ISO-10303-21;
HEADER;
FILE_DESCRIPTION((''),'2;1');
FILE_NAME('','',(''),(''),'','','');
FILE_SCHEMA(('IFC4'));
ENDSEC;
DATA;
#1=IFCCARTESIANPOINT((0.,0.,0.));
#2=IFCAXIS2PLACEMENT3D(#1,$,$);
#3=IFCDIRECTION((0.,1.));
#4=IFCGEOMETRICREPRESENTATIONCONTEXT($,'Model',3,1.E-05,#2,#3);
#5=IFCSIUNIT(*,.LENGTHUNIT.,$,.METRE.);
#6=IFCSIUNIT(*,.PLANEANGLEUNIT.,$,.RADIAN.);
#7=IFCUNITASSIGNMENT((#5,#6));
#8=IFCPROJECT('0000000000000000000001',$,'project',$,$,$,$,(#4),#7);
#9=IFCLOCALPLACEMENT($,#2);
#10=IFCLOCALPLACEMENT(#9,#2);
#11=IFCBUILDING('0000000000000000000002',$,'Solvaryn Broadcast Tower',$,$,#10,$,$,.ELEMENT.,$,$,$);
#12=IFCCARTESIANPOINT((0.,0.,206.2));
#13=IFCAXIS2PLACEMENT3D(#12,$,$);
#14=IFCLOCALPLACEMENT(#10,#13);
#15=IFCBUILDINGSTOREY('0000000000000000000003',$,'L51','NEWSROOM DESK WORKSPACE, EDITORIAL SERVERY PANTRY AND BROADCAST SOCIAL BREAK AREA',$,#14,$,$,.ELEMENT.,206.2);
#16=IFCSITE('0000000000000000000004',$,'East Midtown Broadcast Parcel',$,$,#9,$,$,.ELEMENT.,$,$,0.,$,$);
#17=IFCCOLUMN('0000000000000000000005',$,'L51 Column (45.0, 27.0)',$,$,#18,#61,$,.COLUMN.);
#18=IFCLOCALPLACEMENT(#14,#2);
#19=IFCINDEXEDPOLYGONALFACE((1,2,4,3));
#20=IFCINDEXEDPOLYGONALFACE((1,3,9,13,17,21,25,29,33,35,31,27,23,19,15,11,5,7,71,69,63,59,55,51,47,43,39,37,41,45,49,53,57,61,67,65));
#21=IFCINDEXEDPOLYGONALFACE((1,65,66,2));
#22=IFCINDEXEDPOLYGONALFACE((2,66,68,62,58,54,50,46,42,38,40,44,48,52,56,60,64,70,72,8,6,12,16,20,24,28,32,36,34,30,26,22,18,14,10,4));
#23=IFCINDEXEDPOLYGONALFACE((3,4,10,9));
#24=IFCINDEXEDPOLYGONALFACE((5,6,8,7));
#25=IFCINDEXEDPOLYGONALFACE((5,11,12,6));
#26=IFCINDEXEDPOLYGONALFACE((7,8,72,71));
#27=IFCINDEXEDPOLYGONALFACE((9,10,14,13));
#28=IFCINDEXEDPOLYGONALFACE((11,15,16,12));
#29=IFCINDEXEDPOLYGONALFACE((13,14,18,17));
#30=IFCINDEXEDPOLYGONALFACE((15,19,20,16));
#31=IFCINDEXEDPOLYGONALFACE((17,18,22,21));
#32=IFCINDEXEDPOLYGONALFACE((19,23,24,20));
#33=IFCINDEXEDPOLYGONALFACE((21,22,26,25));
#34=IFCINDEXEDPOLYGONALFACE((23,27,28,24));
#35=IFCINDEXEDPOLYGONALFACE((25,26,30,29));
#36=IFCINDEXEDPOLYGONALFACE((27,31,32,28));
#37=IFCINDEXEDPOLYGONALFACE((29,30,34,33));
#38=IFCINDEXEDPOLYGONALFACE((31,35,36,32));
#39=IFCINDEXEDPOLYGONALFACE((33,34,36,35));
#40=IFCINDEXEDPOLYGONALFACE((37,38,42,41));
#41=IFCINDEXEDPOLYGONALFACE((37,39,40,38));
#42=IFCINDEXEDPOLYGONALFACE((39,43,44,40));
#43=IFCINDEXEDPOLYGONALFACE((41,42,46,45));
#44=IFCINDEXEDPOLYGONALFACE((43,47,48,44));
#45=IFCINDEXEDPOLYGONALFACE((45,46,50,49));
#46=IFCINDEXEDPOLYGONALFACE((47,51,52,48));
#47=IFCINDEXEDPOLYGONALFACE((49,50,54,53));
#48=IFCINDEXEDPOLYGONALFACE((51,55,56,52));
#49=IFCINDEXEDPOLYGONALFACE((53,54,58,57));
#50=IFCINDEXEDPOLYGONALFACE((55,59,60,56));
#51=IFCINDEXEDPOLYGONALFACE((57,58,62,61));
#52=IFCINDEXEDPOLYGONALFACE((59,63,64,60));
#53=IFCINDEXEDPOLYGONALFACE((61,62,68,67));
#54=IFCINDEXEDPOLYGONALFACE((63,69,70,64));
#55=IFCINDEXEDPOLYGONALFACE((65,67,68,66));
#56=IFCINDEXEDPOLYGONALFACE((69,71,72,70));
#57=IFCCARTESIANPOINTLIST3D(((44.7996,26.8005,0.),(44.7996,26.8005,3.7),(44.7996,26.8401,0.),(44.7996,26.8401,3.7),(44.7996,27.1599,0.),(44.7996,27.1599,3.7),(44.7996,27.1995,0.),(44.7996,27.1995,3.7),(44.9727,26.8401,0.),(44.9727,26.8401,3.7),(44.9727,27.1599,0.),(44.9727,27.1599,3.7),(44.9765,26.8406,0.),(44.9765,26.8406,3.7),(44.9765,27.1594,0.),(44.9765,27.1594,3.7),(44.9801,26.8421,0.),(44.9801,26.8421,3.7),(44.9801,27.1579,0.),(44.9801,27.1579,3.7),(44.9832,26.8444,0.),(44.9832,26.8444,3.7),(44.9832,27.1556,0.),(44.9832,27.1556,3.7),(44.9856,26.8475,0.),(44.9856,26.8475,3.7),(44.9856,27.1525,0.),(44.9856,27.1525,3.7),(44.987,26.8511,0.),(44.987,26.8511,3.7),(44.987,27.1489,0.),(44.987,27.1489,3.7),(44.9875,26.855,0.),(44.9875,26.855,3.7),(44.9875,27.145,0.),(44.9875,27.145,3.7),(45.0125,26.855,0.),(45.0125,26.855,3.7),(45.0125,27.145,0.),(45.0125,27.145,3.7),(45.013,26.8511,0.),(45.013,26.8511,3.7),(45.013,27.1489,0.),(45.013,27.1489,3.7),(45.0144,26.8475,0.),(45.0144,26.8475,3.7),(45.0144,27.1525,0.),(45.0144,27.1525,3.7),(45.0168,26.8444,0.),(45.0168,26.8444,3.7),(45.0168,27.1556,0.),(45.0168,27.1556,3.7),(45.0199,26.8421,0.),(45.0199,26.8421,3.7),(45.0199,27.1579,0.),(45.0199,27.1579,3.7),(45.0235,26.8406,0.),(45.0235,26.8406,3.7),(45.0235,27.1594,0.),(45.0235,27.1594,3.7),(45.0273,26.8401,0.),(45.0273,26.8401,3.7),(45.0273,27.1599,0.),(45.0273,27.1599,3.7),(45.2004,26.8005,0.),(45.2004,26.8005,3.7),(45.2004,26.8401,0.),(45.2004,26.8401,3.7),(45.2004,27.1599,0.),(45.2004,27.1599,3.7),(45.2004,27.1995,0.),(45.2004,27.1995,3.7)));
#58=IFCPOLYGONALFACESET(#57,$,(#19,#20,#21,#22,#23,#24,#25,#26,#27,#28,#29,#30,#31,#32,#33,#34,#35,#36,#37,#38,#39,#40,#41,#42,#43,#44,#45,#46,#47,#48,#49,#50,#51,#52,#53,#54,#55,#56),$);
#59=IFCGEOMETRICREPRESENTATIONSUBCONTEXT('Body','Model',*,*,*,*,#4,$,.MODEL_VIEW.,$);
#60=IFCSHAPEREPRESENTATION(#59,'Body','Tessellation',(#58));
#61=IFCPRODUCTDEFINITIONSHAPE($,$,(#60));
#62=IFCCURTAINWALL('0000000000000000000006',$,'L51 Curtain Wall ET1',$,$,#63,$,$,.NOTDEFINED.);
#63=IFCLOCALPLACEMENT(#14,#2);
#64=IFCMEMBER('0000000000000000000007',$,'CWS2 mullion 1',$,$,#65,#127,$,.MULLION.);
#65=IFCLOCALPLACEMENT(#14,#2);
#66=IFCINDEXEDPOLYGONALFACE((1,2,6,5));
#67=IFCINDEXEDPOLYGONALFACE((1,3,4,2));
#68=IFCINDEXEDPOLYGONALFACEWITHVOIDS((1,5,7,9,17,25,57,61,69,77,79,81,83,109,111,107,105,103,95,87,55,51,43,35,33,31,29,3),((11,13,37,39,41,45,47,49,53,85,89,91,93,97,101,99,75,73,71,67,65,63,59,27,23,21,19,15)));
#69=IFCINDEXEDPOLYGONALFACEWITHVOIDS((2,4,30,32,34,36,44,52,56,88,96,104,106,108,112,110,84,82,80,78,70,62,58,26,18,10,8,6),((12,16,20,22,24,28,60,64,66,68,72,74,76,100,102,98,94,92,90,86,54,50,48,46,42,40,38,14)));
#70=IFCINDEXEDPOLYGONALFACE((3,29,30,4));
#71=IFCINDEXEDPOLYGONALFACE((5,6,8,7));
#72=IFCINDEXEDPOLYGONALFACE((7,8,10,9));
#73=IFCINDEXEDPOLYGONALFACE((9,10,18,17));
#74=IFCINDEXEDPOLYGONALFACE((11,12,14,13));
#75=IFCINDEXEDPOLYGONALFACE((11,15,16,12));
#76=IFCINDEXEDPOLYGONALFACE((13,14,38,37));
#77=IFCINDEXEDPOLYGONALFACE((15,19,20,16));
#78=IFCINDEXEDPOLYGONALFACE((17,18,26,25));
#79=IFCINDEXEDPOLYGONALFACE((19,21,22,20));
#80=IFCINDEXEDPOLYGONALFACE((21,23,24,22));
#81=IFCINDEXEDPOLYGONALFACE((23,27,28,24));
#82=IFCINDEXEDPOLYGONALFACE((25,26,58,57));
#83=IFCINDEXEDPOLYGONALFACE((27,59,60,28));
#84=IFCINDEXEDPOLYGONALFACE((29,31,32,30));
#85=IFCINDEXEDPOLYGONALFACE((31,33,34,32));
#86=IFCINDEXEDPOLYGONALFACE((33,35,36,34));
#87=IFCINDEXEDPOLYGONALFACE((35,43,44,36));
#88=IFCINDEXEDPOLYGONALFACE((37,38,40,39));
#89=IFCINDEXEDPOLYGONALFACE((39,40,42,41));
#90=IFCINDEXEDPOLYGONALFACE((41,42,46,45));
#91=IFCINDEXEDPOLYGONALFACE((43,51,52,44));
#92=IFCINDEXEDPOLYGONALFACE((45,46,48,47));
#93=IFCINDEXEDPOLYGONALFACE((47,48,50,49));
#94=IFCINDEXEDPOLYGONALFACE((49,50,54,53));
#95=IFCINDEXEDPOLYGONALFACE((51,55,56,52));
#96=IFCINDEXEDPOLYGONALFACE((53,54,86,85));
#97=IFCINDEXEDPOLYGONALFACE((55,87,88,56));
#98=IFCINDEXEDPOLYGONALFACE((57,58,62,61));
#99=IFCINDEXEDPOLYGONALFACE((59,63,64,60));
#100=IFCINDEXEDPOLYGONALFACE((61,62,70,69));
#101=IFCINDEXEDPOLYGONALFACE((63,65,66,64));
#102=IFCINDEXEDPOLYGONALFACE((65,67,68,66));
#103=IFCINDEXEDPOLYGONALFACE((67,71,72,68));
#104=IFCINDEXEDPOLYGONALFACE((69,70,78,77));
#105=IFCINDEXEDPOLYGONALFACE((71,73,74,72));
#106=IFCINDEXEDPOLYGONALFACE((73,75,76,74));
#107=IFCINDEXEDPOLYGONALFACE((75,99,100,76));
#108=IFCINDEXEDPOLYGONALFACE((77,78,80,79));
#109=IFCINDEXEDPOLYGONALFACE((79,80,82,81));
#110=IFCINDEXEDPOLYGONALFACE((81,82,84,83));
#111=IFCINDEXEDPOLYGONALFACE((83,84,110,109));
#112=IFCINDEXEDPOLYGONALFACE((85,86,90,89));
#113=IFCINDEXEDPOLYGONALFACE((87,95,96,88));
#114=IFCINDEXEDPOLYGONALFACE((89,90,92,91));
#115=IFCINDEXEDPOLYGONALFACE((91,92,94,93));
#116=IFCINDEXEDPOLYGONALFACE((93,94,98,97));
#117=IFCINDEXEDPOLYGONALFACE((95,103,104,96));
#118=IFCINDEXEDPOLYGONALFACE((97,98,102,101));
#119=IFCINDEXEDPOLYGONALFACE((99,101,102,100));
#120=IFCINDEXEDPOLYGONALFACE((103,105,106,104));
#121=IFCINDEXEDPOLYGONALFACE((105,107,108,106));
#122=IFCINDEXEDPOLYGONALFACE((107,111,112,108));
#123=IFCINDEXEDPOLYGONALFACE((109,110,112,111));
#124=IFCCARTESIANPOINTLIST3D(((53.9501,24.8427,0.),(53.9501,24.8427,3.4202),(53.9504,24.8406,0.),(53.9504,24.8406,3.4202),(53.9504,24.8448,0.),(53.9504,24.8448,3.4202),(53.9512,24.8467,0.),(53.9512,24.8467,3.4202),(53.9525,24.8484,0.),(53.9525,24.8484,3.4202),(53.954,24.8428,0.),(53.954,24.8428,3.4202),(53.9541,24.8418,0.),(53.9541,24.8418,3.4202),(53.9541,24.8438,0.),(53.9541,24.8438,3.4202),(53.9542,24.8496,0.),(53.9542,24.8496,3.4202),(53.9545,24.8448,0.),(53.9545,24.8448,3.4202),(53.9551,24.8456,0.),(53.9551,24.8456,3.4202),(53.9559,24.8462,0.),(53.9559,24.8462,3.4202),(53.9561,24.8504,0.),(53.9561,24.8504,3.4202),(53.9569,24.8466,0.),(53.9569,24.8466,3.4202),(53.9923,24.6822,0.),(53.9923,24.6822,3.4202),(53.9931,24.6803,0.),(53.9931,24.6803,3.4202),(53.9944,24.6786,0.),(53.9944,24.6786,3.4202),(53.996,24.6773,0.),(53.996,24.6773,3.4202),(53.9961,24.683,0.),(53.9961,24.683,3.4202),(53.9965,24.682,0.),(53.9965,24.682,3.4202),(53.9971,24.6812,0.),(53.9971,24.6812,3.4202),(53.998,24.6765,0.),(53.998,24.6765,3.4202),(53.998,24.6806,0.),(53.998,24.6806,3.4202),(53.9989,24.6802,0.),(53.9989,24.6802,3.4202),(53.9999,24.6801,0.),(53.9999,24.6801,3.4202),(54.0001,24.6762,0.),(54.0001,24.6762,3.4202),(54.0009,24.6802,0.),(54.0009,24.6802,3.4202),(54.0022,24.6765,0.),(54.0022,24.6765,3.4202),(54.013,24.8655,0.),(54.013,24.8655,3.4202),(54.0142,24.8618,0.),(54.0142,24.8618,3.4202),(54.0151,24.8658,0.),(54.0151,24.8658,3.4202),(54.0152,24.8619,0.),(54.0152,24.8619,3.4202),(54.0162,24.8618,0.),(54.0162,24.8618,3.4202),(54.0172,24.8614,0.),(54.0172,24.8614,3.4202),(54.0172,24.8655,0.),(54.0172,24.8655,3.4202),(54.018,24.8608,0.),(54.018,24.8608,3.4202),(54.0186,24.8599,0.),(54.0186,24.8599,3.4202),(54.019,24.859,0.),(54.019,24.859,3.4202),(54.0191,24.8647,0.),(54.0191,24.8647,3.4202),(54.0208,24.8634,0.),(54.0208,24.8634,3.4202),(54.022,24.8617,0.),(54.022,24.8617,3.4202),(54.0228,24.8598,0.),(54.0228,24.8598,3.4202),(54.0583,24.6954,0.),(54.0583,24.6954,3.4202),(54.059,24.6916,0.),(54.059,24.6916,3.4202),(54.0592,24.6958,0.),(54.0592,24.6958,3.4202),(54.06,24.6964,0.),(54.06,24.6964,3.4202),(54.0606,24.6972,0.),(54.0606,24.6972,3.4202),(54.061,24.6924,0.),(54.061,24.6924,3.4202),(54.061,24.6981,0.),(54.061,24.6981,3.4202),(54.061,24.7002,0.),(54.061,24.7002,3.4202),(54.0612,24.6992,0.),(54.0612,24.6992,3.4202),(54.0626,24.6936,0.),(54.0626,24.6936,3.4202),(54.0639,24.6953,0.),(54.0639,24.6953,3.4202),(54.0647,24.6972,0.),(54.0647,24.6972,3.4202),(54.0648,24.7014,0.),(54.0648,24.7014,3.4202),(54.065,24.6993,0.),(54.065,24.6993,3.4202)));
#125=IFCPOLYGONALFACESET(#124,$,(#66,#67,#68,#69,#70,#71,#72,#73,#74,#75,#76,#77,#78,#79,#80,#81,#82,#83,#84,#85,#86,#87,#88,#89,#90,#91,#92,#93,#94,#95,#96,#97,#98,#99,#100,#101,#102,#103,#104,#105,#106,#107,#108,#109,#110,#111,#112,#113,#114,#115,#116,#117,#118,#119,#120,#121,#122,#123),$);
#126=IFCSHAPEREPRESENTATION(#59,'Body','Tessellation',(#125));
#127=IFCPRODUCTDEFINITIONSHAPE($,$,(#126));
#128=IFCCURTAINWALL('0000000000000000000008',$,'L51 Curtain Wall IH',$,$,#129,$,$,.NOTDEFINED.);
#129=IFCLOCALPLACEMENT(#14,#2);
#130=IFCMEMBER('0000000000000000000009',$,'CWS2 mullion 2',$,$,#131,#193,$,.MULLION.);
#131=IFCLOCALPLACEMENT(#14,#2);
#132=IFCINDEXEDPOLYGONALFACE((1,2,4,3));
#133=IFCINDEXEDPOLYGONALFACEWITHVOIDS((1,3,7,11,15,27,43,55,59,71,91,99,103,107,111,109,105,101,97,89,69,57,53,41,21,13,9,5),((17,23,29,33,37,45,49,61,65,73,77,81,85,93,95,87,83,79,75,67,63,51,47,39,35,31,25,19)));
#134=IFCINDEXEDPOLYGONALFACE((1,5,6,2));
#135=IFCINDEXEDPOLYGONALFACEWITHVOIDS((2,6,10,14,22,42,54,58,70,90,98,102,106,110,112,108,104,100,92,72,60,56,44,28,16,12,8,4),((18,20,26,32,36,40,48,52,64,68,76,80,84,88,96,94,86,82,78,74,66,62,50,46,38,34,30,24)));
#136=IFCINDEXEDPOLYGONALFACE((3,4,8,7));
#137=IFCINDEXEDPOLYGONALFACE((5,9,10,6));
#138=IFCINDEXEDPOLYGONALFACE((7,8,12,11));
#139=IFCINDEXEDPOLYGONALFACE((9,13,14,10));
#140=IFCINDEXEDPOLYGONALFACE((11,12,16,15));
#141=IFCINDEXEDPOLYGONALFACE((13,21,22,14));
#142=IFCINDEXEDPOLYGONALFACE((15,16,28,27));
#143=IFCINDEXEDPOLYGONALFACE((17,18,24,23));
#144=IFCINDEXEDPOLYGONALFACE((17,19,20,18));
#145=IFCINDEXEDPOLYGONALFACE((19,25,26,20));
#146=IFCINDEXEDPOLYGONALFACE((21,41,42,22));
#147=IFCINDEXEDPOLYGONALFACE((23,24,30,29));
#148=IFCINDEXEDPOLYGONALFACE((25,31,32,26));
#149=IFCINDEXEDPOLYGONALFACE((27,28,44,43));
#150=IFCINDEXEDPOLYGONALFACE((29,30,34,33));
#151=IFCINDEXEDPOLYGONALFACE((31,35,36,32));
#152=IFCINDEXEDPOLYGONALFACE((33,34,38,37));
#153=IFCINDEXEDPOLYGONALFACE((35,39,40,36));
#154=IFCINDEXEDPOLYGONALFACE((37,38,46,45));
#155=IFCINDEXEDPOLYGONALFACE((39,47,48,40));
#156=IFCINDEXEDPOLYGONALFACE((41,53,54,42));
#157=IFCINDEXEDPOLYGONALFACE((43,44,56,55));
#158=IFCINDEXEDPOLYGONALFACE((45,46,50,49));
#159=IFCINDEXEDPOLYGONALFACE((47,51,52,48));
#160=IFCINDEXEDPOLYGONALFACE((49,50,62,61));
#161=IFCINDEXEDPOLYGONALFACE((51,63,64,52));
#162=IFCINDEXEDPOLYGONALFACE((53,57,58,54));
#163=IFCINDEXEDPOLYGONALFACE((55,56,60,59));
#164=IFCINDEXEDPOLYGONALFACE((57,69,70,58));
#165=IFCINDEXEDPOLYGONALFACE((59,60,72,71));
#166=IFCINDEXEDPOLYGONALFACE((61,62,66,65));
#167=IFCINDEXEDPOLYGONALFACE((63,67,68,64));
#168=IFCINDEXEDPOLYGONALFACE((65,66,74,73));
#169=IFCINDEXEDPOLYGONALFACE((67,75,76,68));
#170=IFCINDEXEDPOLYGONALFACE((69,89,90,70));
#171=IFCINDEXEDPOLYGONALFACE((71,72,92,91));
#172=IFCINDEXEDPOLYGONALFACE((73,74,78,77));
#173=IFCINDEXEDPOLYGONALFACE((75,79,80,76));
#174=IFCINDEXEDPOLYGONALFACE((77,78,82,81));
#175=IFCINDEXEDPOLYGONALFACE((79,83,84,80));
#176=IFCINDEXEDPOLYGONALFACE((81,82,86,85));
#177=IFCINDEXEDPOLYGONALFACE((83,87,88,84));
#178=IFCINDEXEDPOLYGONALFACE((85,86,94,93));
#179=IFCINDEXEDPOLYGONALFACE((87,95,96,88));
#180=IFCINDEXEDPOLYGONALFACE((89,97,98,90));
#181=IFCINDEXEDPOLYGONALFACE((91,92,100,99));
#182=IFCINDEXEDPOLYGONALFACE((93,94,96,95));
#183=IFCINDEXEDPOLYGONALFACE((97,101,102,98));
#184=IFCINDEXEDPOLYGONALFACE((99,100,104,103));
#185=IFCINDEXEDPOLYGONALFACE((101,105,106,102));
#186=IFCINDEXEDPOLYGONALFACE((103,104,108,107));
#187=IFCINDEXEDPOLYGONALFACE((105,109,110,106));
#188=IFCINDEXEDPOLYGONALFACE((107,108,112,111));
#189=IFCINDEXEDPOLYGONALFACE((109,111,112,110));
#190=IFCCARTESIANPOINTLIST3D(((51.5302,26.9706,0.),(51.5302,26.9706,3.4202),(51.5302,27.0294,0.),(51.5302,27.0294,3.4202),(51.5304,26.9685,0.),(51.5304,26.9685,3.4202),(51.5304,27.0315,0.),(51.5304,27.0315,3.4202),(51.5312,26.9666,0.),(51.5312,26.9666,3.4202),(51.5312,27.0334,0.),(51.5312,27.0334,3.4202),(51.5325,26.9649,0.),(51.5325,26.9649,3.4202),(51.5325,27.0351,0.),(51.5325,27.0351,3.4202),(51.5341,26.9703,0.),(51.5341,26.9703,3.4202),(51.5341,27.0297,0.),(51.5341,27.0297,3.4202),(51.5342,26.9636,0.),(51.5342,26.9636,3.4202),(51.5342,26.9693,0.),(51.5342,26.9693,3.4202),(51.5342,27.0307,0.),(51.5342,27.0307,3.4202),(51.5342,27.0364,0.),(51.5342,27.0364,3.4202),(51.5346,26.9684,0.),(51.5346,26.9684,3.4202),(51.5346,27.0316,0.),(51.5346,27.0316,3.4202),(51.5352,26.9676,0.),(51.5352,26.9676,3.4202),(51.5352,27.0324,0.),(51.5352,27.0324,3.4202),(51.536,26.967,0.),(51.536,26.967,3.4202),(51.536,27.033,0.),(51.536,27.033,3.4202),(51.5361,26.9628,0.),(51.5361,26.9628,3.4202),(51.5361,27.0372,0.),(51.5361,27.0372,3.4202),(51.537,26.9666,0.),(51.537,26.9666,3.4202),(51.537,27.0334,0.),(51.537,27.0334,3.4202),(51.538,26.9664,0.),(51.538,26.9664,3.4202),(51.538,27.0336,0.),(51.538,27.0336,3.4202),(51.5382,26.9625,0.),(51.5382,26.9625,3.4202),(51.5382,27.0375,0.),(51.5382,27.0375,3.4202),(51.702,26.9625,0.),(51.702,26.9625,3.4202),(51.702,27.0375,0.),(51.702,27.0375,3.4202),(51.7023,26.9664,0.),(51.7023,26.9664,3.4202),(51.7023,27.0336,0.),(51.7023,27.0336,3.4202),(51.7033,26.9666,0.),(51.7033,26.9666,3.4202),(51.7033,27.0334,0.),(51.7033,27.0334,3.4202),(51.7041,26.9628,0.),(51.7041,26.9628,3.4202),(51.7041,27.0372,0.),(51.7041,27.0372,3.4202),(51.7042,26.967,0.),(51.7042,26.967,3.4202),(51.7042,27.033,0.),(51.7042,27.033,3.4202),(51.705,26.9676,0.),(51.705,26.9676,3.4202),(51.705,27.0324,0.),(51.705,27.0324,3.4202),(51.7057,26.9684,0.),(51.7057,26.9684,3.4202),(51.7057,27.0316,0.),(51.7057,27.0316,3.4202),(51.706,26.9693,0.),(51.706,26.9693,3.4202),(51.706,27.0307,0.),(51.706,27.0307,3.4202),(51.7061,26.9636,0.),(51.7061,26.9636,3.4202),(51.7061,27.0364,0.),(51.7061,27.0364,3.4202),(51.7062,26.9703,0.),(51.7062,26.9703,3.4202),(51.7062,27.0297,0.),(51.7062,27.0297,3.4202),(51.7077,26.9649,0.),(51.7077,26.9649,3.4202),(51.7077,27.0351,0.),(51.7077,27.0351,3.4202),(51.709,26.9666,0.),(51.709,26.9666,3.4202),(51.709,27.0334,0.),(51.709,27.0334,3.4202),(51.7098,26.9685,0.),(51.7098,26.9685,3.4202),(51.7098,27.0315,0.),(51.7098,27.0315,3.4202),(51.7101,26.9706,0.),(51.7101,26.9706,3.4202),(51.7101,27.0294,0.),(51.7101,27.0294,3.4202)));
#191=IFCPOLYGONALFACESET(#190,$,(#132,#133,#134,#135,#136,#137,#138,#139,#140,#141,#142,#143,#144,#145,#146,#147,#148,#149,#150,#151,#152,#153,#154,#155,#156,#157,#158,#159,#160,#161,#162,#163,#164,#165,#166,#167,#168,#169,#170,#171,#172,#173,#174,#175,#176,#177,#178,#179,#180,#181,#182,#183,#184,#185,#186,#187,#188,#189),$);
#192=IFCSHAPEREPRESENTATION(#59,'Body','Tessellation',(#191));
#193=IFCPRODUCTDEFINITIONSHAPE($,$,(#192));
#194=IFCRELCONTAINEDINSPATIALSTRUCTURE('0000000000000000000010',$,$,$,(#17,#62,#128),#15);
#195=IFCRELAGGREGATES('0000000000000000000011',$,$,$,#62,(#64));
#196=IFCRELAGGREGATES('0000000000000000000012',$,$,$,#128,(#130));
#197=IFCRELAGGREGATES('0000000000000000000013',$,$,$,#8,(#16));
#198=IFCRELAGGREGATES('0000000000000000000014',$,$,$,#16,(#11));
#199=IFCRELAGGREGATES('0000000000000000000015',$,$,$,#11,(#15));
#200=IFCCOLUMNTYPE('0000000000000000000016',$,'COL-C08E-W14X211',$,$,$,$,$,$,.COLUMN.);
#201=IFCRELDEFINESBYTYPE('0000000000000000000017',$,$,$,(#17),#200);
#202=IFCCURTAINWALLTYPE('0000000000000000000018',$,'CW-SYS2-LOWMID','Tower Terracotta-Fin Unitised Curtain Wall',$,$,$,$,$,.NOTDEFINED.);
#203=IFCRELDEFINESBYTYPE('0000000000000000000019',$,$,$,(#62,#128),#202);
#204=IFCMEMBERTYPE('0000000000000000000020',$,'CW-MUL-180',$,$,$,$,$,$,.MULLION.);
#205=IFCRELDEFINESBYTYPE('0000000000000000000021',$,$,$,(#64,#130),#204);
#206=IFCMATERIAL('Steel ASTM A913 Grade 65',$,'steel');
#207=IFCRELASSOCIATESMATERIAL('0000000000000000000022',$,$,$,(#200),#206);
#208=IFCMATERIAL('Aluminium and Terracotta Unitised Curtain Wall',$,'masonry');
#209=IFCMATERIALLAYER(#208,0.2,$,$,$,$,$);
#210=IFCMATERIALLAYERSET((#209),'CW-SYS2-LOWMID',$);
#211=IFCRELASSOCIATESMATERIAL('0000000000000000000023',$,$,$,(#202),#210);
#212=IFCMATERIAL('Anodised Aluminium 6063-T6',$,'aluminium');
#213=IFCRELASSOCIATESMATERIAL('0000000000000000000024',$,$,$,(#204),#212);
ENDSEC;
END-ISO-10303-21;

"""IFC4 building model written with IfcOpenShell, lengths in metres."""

from ifc_helpers import new_model, si_unit, direction, frame, origin, origin_2d, place, context, subcontext, project, spatial, hollow_rectangle, i_section, extrude, material, layer, layer_set, material_profile, profile_set, type_object, element, aggregate, save


model = new_model("IFC4")

# Units and contexts
model_context = context("Model", 3, precision=1e-05, world=origin(), true_north=direction((0.0, 1.0)))
body_context = subcontext(model_context, "Body", "Model", "MODEL_VIEW")
ifc_project = project(units=[si_unit("LENGTHUNIT", "METRE"), si_unit("PLANEANGLEUNIT", "RADIAN")], contexts=[model_context])

# Site, building, storey
site_placement = place(None, origin())
site = spatial("IfcSite", under=ifc_project, at=site_placement, Name="East Midtown Broadcast Parcel", CompositionType="ELEMENT", RefElevation=0.0)
building_placement = place(site_placement, origin())
building = spatial("IfcBuilding", under=site, at=building_placement, Name="Solvaryn Broadcast Tower", CompositionType="ELEMENT")
storey_placement = place(building_placement, frame((0.0, 0.0, 206.2)))
storey = spatial("IfcBuildingStorey", under=building, at=storey_placement, Name="L51", Description="NEWSROOM DESK WORKSPACE, EDITORIAL SERVERY PANTRY AND BROADCAST SOCIAL BREAK AREA", CompositionType="ELEMENT", Elevation=206.2)

# Column
ifc_material_1 = material(Name="Steel ASTM A913 Grade 65", Category="steel")
ifc_material_profile_1 = material_profile(ifc_material_1, i_section(OverallWidth=0.4009, OverallDepth=0.3989, WebThickness=0.0249, FlangeThickness=0.0396, FilletRadius=0.0149, at=origin_2d()))
ifc_profile_set_1 = profile_set([ifc_material_profile_1], Name="Steel ASTM A913 Grade 65")
column_type = type_object("IfcColumnType", Name="COL-C08E-W14X211", PredefinedType="COLUMN", material=ifc_profile_set_1)
column_placement = place(storey_placement, frame((45.0, 27.0, 0.0), z_axis=(0.0, 0.0, 1.0), x_axis=(1.0, 0.0, 0.0)))
element("IfcColumn", 1, at=column_placement, inside=storey, type_object=column_type, Name="L51 Column (45.0, 27.0)", PredefinedType="COLUMN", context=body_context, shape_type="SweptSolid", body=[
    extrude(i_section(OverallWidth=0.4009, OverallDepth=0.3989, WebThickness=0.0249, FlangeThickness=0.0396, FilletRadius=0.0149, at=origin_2d()), origin(), (0.0, 0.0, 1.0), 3.7),
])

# Curtain walls, members
ifc_material_2 = material(Name="Aluminium and Terracotta Unitised Curtain Wall", Category="masonry")
ifc_layer_1 = layer(ifc_material_2, 0.2)
ifc_layer_set_1 = layer_set([ifc_layer_1], Name="CW-SYS2-LOWMID")
curtain_wall_type = type_object("IfcCurtainWallType", Name="CW-SYS2-LOWMID", Description="Tower Terracotta-Fin Unitised Curtain Wall", PredefinedType="NOTDEFINED", material=ifc_layer_set_1)
curtain_wall_1_placement = place(storey_placement, origin())
curtain_wall_1 = element("IfcCurtainWall", 2, at=curtain_wall_1_placement, inside=storey, type_object=curtain_wall_type, Name="L51 Curtain Wall ET1", PredefinedType="NOTDEFINED")
ifc_material_3 = material(Name="Anodised Aluminium 6063-T6", Category="aluminium")
ifc_material_profile_2 = material_profile(ifc_material_3, hollow_rectangle(XDim=0.075, YDim=0.1799, WallThickness=0.0039, InnerFilletRadius=0.0039, OuterFilletRadius=0.0081, at=origin_2d()))
ifc_profile_set_2 = profile_set([ifc_material_profile_2], Name="Anodised Aluminium 6063-T6")
member_type_1 = type_object("IfcMemberType", Name="CW-MUL-180", PredefinedType="MULLION", material=ifc_profile_set_2)
member_1_placement = place(storey_placement, frame((54.0076, 24.771, 0.0), z_axis=(0.0, 0.0, 1.0), x_axis=(0.966705, 0.255893, 0.0)))
member_1 = element("IfcMember", 3, at=member_1_placement, type_object=member_type_1, Name="CWS2 mullion 1", PredefinedType="MULLION", context=body_context, shape_type="SweptSolid", body=[
    extrude(hollow_rectangle(XDim=0.075, YDim=0.1799, WallThickness=0.0039, InnerFilletRadius=0.0039, OuterFilletRadius=0.0081, at=origin_2d()), origin(), (0.0, 0.0, 1.0), 3.4202),
])
curtain_wall_2_placement = place(storey_placement, origin())
curtain_wall_2 = element("IfcCurtainWall", 4, at=curtain_wall_2_placement, inside=storey, type_object=curtain_wall_type, Name="L51 Curtain Wall IH", PredefinedType="NOTDEFINED")
member_2_placement = place(storey_placement, frame((51.6201, 27.0, 0.0), z_axis=(0.0, 0.0, 1.0), x_axis=(0.0, 1.0, 0.0)))
member_2 = element("IfcMember", 5, at=member_2_placement, type_object=member_type_1, Name="CWS2 mullion 2", PredefinedType="MULLION", context=body_context, shape_type="SweptSolid", body=[
    extrude(hollow_rectangle(XDim=0.075, YDim=0.1799, WallThickness=0.0039, InnerFilletRadius=0.0039, OuterFilletRadius=0.0081, at=origin_2d()), origin(), (0.0, 0.0, 1.0), 3.4202),
])

aggregate(curtain_wall_1, [member_1])
aggregate(curtain_wall_2, [member_2])

save(model, "model.ifc")
